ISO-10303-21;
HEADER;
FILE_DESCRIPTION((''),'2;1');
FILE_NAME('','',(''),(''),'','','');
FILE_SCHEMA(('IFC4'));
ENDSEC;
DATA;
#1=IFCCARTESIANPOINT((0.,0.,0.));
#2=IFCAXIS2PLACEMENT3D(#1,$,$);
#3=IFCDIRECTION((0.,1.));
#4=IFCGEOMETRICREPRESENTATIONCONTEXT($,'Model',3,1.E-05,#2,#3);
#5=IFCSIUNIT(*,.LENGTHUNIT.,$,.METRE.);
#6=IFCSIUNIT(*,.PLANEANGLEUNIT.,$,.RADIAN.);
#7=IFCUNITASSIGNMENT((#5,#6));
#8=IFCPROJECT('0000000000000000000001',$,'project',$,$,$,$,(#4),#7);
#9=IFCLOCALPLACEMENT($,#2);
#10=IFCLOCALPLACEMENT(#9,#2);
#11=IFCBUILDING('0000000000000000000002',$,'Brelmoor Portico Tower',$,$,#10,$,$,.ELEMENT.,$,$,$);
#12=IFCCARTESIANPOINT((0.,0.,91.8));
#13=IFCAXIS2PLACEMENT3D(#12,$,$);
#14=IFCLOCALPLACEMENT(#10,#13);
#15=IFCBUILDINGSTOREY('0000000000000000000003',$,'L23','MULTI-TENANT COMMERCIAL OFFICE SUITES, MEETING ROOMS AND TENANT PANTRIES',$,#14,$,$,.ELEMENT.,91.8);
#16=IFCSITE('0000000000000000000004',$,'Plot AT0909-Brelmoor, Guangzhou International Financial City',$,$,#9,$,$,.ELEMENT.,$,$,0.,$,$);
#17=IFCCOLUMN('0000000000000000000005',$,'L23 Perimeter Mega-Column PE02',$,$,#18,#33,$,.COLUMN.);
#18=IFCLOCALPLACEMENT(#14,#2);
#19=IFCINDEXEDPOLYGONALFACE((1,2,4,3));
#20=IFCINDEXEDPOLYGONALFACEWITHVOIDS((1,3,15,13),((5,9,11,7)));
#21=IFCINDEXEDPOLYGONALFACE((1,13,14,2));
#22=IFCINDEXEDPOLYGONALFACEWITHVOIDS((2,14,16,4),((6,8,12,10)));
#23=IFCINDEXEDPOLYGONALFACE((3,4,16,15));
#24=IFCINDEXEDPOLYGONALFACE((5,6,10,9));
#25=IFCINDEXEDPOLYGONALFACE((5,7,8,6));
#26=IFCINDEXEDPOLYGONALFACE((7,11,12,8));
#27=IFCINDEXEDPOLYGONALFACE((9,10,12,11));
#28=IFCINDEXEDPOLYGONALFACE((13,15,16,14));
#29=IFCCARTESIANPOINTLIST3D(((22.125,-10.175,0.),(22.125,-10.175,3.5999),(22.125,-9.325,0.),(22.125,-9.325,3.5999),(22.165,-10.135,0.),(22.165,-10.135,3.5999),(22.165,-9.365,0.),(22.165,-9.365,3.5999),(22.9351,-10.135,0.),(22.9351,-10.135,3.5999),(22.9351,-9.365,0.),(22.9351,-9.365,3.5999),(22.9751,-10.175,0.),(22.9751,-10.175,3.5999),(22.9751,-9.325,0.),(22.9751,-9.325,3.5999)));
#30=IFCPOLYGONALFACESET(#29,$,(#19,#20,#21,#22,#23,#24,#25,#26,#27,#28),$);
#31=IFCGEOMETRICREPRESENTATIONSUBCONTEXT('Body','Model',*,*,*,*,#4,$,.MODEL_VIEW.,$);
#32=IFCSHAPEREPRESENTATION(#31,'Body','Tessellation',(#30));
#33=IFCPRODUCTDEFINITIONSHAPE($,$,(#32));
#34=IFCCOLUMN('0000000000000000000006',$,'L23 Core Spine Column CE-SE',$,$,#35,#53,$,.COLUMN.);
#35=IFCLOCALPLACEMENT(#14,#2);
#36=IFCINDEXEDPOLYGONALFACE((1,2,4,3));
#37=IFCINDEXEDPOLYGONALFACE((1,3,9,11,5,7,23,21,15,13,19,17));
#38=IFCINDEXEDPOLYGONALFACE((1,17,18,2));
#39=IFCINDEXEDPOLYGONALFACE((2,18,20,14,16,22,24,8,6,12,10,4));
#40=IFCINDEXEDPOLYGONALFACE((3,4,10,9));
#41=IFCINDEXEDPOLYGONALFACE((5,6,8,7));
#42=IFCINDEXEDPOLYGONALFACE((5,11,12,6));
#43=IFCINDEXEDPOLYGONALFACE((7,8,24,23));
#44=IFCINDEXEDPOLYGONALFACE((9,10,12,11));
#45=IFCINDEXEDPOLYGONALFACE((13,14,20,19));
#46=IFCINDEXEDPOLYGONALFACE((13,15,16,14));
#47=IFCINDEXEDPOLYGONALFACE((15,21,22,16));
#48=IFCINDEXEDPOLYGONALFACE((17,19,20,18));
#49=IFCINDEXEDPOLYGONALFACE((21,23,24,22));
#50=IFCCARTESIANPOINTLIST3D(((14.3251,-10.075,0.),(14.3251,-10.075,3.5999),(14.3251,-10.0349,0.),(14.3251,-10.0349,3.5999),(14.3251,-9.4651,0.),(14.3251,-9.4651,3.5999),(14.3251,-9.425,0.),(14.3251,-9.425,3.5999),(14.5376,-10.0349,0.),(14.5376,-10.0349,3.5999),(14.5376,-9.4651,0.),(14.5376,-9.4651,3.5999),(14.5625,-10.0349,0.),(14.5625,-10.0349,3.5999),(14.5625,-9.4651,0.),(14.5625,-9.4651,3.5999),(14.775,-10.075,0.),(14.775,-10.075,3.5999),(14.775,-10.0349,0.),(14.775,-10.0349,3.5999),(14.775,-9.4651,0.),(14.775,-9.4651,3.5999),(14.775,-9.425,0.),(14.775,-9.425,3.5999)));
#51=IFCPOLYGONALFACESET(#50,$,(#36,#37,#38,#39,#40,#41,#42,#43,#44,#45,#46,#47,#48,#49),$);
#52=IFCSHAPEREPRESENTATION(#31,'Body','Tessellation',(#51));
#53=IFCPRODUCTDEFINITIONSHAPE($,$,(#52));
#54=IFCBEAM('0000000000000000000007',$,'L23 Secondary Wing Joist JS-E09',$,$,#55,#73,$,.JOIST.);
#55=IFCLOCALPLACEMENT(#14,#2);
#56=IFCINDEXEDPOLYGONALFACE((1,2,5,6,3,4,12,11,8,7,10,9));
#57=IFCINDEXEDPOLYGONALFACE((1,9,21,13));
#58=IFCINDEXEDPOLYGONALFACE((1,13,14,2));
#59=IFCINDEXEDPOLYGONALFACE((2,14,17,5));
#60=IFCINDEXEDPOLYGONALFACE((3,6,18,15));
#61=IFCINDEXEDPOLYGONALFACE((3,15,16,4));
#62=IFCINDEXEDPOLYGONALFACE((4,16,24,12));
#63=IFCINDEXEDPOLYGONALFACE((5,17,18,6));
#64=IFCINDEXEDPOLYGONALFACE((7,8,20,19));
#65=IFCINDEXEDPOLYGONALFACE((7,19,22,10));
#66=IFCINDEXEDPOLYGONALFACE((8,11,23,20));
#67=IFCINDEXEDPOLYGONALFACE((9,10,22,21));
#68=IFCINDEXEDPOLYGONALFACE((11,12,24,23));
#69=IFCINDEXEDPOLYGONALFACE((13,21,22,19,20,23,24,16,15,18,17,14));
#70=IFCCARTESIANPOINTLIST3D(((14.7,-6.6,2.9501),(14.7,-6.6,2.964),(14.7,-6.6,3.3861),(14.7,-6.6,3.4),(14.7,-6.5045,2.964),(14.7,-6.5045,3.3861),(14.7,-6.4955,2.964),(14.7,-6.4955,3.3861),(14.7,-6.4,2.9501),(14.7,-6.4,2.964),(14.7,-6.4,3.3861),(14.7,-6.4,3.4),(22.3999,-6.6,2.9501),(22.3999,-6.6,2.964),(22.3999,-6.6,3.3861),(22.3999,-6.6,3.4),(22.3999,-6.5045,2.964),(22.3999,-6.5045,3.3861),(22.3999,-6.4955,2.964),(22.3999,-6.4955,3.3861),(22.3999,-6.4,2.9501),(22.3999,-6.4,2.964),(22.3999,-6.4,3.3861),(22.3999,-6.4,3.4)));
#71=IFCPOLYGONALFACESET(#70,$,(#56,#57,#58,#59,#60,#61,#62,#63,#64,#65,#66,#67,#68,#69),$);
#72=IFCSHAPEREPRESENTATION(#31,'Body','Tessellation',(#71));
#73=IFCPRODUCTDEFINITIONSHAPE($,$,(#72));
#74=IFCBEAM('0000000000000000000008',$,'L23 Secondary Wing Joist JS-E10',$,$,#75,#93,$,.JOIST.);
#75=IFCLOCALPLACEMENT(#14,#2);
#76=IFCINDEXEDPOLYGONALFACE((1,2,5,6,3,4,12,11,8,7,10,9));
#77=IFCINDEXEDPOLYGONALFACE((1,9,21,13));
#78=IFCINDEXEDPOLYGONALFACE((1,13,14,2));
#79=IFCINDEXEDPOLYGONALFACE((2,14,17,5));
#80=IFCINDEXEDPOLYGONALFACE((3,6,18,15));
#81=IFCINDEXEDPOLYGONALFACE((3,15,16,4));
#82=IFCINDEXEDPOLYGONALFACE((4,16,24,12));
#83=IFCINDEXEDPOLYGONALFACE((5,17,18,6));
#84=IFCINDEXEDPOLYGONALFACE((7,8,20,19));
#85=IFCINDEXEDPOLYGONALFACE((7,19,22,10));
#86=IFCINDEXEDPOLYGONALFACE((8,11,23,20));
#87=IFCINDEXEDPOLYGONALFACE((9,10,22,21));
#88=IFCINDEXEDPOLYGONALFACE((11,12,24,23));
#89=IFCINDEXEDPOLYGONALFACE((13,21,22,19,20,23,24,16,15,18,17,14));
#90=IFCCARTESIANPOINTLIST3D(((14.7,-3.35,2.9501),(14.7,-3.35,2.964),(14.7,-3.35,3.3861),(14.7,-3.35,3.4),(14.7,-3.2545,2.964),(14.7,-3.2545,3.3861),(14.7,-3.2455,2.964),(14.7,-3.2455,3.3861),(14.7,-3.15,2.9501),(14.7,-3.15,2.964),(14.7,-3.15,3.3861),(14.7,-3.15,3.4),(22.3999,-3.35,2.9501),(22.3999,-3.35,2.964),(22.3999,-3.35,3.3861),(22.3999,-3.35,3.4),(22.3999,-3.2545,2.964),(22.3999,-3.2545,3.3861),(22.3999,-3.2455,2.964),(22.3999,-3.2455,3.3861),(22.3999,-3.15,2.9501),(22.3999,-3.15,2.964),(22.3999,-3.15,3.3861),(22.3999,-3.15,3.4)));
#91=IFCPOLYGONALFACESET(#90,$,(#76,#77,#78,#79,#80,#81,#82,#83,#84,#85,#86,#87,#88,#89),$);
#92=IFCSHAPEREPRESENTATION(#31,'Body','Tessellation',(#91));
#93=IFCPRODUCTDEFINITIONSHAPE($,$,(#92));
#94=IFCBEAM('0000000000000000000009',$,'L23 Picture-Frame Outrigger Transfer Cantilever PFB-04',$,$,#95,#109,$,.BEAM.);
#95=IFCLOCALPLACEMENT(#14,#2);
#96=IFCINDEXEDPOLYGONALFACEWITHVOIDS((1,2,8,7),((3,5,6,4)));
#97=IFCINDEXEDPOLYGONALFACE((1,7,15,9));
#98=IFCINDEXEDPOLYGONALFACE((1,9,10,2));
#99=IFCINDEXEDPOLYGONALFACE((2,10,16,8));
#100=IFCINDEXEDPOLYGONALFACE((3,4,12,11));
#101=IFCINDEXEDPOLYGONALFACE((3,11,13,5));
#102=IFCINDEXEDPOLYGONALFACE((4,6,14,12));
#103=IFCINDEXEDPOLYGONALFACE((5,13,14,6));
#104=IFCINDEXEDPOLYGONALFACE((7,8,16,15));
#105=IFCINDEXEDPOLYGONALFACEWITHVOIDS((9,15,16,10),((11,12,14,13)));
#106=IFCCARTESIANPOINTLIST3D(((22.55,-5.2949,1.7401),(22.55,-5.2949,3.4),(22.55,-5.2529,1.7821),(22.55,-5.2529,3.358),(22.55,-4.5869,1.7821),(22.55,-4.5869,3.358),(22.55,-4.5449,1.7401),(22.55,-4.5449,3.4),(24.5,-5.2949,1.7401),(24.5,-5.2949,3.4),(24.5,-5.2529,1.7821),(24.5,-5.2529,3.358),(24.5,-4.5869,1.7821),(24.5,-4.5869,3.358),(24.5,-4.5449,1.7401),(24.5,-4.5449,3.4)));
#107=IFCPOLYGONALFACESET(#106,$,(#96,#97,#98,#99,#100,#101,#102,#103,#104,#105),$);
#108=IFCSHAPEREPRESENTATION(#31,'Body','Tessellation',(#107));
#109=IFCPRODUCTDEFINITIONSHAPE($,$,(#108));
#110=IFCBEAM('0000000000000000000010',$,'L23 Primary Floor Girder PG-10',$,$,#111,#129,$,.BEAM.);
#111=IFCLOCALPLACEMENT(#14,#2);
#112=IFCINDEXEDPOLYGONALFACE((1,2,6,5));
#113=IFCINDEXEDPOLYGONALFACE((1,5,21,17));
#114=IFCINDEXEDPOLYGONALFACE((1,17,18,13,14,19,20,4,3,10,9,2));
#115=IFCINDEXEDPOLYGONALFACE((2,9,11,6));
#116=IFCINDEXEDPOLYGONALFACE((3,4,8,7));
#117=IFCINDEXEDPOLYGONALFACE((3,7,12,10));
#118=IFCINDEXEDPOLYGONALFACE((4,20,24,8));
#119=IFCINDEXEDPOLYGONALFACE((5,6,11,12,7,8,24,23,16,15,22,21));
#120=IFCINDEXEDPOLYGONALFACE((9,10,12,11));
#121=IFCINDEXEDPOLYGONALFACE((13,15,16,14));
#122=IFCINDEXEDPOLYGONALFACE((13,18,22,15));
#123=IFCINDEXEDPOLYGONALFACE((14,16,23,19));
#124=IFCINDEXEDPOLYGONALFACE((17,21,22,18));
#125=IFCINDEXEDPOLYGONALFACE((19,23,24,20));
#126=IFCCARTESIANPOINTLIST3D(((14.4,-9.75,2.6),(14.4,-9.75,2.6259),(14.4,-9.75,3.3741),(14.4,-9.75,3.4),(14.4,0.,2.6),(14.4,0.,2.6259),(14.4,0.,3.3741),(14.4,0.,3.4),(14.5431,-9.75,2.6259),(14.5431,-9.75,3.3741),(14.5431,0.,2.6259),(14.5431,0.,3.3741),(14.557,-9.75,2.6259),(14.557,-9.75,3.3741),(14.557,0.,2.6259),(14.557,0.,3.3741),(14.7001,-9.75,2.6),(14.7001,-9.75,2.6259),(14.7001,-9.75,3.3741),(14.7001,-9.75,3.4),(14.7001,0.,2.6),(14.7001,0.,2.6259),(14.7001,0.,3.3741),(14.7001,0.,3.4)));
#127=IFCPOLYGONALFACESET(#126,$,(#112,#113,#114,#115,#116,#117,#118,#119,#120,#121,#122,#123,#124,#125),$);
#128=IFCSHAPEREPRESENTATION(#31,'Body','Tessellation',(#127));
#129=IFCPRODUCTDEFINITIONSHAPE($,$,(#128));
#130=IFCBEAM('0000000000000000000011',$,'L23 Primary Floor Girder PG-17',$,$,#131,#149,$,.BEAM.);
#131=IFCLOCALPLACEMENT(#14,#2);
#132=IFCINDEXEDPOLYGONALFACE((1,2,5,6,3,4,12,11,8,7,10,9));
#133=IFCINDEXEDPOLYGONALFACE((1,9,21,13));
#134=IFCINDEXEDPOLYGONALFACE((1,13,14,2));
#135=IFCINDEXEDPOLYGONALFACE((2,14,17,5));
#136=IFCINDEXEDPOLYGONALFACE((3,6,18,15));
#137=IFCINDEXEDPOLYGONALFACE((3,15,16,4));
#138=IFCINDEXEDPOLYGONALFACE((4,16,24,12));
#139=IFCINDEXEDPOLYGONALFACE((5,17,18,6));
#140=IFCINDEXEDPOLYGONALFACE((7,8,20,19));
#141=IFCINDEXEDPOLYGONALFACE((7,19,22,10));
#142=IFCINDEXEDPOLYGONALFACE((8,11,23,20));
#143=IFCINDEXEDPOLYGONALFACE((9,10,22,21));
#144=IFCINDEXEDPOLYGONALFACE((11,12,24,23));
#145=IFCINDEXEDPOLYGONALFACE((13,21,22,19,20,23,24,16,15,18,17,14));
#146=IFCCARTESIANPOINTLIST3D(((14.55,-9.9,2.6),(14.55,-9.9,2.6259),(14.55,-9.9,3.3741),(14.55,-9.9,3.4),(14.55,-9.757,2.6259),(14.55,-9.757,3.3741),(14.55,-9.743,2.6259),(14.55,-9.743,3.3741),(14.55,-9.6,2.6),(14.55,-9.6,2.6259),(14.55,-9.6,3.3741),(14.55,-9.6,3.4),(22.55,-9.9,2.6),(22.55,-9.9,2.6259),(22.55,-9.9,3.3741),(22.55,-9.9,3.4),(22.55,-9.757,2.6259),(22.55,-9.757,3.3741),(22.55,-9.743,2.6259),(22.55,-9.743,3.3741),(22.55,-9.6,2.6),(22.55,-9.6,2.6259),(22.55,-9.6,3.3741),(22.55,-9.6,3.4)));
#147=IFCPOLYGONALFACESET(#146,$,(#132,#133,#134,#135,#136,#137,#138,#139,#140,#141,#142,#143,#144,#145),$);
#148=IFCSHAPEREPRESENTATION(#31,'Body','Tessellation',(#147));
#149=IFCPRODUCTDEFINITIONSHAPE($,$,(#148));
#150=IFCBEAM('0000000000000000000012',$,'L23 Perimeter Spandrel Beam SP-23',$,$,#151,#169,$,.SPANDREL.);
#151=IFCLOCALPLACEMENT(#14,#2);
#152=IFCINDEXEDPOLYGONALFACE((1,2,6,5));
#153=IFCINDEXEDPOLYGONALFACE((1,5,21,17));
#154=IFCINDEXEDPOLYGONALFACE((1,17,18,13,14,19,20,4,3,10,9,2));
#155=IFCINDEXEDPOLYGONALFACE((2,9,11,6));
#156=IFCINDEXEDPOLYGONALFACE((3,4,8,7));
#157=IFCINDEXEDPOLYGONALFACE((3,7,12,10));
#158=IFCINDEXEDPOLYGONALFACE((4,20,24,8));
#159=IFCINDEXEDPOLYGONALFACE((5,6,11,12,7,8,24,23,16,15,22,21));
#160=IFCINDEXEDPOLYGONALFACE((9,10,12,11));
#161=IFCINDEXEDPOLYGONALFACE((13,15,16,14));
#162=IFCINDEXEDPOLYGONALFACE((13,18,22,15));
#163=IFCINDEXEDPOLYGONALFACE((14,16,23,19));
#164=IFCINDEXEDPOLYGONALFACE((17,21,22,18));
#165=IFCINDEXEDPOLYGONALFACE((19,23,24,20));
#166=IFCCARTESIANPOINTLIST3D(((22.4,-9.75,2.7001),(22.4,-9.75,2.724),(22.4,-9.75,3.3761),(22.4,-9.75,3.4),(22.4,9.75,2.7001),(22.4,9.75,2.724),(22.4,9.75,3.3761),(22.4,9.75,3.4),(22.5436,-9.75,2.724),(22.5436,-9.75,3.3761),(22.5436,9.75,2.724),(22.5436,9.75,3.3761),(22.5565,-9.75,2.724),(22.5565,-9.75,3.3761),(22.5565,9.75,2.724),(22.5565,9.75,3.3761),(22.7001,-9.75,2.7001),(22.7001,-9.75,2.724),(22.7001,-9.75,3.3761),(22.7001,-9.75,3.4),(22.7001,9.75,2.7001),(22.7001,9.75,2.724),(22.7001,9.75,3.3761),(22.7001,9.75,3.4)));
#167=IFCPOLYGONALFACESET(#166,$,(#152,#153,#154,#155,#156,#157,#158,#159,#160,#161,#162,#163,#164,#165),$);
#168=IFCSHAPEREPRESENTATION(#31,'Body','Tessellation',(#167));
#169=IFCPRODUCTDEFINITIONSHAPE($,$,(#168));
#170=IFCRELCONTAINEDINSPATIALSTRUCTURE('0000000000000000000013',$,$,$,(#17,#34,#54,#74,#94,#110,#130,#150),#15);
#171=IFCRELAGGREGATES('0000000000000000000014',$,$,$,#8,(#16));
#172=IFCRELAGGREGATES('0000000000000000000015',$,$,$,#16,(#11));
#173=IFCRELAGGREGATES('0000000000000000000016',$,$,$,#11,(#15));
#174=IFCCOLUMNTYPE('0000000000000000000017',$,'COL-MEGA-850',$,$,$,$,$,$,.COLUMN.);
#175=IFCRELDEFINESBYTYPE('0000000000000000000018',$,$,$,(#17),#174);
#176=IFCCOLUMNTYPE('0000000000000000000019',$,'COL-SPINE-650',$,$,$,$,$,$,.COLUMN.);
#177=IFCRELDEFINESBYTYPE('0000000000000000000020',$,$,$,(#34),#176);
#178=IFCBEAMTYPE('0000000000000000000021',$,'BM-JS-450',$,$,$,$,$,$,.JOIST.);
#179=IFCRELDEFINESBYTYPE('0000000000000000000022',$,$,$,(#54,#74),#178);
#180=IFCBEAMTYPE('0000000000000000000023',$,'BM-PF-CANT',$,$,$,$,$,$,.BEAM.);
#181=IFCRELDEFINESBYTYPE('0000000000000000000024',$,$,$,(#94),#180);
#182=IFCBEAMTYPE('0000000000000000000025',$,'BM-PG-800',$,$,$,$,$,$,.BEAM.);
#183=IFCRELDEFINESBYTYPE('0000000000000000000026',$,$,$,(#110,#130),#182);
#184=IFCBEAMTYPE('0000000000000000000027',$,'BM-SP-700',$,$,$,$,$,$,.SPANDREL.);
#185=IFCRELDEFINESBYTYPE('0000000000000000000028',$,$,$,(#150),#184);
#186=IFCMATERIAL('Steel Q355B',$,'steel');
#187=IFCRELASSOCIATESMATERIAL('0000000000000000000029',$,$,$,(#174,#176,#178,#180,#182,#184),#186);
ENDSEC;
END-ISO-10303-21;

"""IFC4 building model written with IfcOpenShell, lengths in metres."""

from ifc_helpers import new_model, si_unit, direction, frame, origin, origin_2d, place, context, subcontext, project, spatial, hollow_rectangle, i_section, extrude, material, material_profile, profile_set, type_object, element, save


model = new_model("IFC4")

# Units and contexts
model_context = context("Model", 3, precision=1e-05, world=origin(), true_north=direction((0.0, 1.0)))
body_context = subcontext(model_context, "Body", "Model", "MODEL_VIEW")
ifc_project = project(units=[si_unit("LENGTHUNIT", "METRE"), si_unit("PLANEANGLEUNIT", "RADIAN")], contexts=[model_context])

# Site, building, storey
site_placement = place(None, origin())
site = spatial("IfcSite", under=ifc_project, at=site_placement, Name="Plot AT0909-Brelmoor, Guangzhou International Financial City", CompositionType="ELEMENT", RefElevation=0.0)
building_placement = place(site_placement, origin())
building = spatial("IfcBuilding", under=site, at=building_placement, Name="Brelmoor Portico Tower", CompositionType="ELEMENT")
storey_placement = place(building_placement, frame((0.0, 0.0, 91.8)))
storey = spatial("IfcBuildingStorey", under=building, at=storey_placement, Name="L23", Description="MULTI-TENANT COMMERCIAL OFFICE SUITES, MEETING ROOMS AND TENANT PANTRIES", CompositionType="ELEMENT", Elevation=91.8)

# Columns
ifc_material_1 = material(Name="Steel Q355B", Category="steel")
ifc_material_profile_1 = material_profile(ifc_material_1, hollow_rectangle(XDim=0.8501, YDim=0.8501, WallThickness=0.04, at=origin_2d()), Name="BOX 850x850x40")
ifc_profile_set_1 = profile_set([ifc_material_profile_1], Name="Steel Q355B")
column_type_1 = type_object("IfcColumnType", Name="COL-MEGA-850", PredefinedType="COLUMN", material=ifc_profile_set_1)
column_1_placement = place(storey_placement, frame((22.55, -9.75, 0.0), z_axis=(0.0, 0.0, 1.0), x_axis=(0.0, 1.0, 0.0)))
element("IfcColumn", 1, at=column_1_placement, inside=storey, type_object=column_type_1, Name="L23 Perimeter Mega-Column PE02", PredefinedType="COLUMN", context=body_context, shape_type="SweptSolid", body=[
    extrude(hollow_rectangle(XDim=0.8501, YDim=0.8501, WallThickness=0.04, at=origin_2d()), origin(), (0.0, 0.0, 1.0), 3.5999),
])
ifc_material_profile_2 = material_profile(ifc_material_1, i_section(OverallWidth=0.45, OverallDepth=0.6499, WebThickness=0.0249, FlangeThickness=0.04, at=origin_2d()), Name="HW 650x450x25x40")
ifc_profile_set_2 = profile_set([ifc_material_profile_2], Name="Steel Q355B")
column_type_2 = type_object("IfcColumnType", Name="COL-SPINE-650", PredefinedType="COLUMN", material=ifc_profile_set_2)
column_2_placement = place(storey_placement, frame((14.55, -9.75, 0.0), z_axis=(0.0, 0.0, 1.0), x_axis=(1.0, 0.0, 0.0)))
element("IfcColumn", 2, at=column_2_placement, inside=storey, type_object=column_type_2, Name="L23 Core Spine Column CE-SE", PredefinedType="COLUMN", context=body_context, shape_type="SweptSolid", body=[
    extrude(i_section(OverallWidth=0.45, OverallDepth=0.6499, WebThickness=0.0249, FlangeThickness=0.04, at=origin_2d()), origin(), (0.0, 0.0, 1.0), 3.5999),
])

# Beams
ifc_material_profile_3 = material_profile(ifc_material_1, i_section(OverallWidth=0.2, OverallDepth=0.45, WebThickness=0.009, FlangeThickness=0.0139, at=origin_2d()), Name="HN 450x200x9x14")
ifc_profile_set_3 = profile_set([ifc_material_profile_3], Name="Steel Q355B")
beam_type_1 = type_object("IfcBeamType", Name="BM-JS-450", PredefinedType="JOIST", material=ifc_profile_set_3)
for number, where, z_axis, x_axis, name in (
    (3, (14.7, -6.5, 3.175), (1.0, 0.0, 0.0), (0.0, 1.0, 0.0), "L23 Secondary Wing Joist JS-E09"),
    (4, (14.7, -3.25, 3.175), (1.0, 0.0, 0.0), (0.0, 1.0, 0.0), "L23 Secondary Wing Joist JS-E10"),
):
    element("IfcBeam", number, at=place(storey_placement, frame(where, z_axis=z_axis, x_axis=x_axis)), inside=storey, type_object=beam_type_1, Name=name, PredefinedType="JOIST", context=body_context, shape_type="SweptSolid", body=[
        extrude(i_section(OverallWidth=0.2, OverallDepth=0.45, WebThickness=0.009, FlangeThickness=0.0139, at=origin_2d()), origin(), (0.0, 0.0, 1.0), 7.7),
    ])
ifc_material_profile_4 = material_profile(ifc_material_1, hollow_rectangle(XDim=0.75, YDim=1.6599, WallThickness=0.042, at=origin_2d()), Name="BOX 750x1660x42")
ifc_profile_set_4 = profile_set([ifc_material_profile_4], Name="Steel Q355B")
beam_type_2 = type_object("IfcBeamType", Name="BM-PF-CANT", PredefinedType="BEAM", material=ifc_profile_set_4)
beam_1_placement = place(storey_placement, frame((22.55, -4.9199, 2.5701), z_axis=(1.0, 0.0, 0.0), x_axis=(0.0, 1.0, 0.0)))
element("IfcBeam", 5, at=beam_1_placement, inside=storey, type_object=beam_type_2, Name="L23 Picture-Frame Outrigger Transfer Cantilever PFB-04", PredefinedType="BEAM", context=body_context, shape_type="SweptSolid", body=[
    extrude(hollow_rectangle(XDim=0.75, YDim=1.6599, WallThickness=0.042, at=origin_2d()), origin(), (0.0, 0.0, 1.0), 1.95),
])
ifc_material_profile_5 = material_profile(ifc_material_1, i_section(OverallWidth=0.3, OverallDepth=0.8, WebThickness=0.0139, FlangeThickness=0.0259, at=origin_2d()), Name="HN 800x300x14x26")
ifc_profile_set_5 = profile_set([ifc_material_profile_5], Name="Steel Q355B")
beam_type_3 = type_object("IfcBeamType", Name="BM-PG-800", PredefinedType="BEAM", material=ifc_profile_set_5)
beam_2_placement = place(storey_placement, frame((14.55, -9.75, 3.0), z_axis=(0.0, 1.0, 0.0), x_axis=(-1.0, 0.0, 0.0)))
element("IfcBeam", 6, at=beam_2_placement, inside=storey, type_object=beam_type_3, Name="L23 Primary Floor Girder PG-10", PredefinedType="BEAM", context=body_context, shape_type="SweptSolid", body=[
    extrude(i_section(OverallWidth=0.3, OverallDepth=0.8, WebThickness=0.0139, FlangeThickness=0.0259, at=origin_2d()), origin(), (0.0, 0.0, 1.0), 9.75),
])
beam_3_placement = place(storey_placement, frame((14.55, -9.75, 3.0), z_axis=(1.0, 0.0, 0.0), x_axis=(0.0, 1.0, 0.0)))
element("IfcBeam", 7, at=beam_3_placement, inside=storey, type_object=beam_type_3, Name="L23 Primary Floor Girder PG-17", PredefinedType="BEAM", context=body_context, shape_type="SweptSolid", body=[
    extrude(i_section(OverallWidth=0.3, OverallDepth=0.8, WebThickness=0.0139, FlangeThickness=0.0259, at=origin_2d()), origin(), (0.0, 0.0, 1.0), 8.0),
])
ifc_material_profile_6 = material_profile(ifc_material_1, i_section(OverallWidth=0.3, OverallDepth=0.7, WebThickness=0.0129, FlangeThickness=0.0239, at=origin_2d()), Name="HN 700x300x13x24")
ifc_profile_set_6 = profile_set([ifc_material_profile_6], Name="Steel Q355B")
beam_type_4 = type_object("IfcBeamType", Name="BM-SP-700", PredefinedType="SPANDREL", material=ifc_profile_set_6)
beam_4_placement = place(storey_placement, frame((22.55, -9.75, 3.05), z_axis=(0.0, 1.0, 0.0), x_axis=(-1.0, 0.0, 0.0)))
element("IfcBeam", 8, at=beam_4_placement, inside=storey, type_object=beam_type_4, Name="L23 Perimeter Spandrel Beam SP-23", PredefinedType="SPANDREL", context=body_context, shape_type="SweptSolid", body=[
    extrude(i_section(OverallWidth=0.3, OverallDepth=0.7, WebThickness=0.0129, FlangeThickness=0.0239, at=origin_2d()), origin(), (0.0, 0.0, 1.0), 19.5),
])

save(model, "model.ifc")
